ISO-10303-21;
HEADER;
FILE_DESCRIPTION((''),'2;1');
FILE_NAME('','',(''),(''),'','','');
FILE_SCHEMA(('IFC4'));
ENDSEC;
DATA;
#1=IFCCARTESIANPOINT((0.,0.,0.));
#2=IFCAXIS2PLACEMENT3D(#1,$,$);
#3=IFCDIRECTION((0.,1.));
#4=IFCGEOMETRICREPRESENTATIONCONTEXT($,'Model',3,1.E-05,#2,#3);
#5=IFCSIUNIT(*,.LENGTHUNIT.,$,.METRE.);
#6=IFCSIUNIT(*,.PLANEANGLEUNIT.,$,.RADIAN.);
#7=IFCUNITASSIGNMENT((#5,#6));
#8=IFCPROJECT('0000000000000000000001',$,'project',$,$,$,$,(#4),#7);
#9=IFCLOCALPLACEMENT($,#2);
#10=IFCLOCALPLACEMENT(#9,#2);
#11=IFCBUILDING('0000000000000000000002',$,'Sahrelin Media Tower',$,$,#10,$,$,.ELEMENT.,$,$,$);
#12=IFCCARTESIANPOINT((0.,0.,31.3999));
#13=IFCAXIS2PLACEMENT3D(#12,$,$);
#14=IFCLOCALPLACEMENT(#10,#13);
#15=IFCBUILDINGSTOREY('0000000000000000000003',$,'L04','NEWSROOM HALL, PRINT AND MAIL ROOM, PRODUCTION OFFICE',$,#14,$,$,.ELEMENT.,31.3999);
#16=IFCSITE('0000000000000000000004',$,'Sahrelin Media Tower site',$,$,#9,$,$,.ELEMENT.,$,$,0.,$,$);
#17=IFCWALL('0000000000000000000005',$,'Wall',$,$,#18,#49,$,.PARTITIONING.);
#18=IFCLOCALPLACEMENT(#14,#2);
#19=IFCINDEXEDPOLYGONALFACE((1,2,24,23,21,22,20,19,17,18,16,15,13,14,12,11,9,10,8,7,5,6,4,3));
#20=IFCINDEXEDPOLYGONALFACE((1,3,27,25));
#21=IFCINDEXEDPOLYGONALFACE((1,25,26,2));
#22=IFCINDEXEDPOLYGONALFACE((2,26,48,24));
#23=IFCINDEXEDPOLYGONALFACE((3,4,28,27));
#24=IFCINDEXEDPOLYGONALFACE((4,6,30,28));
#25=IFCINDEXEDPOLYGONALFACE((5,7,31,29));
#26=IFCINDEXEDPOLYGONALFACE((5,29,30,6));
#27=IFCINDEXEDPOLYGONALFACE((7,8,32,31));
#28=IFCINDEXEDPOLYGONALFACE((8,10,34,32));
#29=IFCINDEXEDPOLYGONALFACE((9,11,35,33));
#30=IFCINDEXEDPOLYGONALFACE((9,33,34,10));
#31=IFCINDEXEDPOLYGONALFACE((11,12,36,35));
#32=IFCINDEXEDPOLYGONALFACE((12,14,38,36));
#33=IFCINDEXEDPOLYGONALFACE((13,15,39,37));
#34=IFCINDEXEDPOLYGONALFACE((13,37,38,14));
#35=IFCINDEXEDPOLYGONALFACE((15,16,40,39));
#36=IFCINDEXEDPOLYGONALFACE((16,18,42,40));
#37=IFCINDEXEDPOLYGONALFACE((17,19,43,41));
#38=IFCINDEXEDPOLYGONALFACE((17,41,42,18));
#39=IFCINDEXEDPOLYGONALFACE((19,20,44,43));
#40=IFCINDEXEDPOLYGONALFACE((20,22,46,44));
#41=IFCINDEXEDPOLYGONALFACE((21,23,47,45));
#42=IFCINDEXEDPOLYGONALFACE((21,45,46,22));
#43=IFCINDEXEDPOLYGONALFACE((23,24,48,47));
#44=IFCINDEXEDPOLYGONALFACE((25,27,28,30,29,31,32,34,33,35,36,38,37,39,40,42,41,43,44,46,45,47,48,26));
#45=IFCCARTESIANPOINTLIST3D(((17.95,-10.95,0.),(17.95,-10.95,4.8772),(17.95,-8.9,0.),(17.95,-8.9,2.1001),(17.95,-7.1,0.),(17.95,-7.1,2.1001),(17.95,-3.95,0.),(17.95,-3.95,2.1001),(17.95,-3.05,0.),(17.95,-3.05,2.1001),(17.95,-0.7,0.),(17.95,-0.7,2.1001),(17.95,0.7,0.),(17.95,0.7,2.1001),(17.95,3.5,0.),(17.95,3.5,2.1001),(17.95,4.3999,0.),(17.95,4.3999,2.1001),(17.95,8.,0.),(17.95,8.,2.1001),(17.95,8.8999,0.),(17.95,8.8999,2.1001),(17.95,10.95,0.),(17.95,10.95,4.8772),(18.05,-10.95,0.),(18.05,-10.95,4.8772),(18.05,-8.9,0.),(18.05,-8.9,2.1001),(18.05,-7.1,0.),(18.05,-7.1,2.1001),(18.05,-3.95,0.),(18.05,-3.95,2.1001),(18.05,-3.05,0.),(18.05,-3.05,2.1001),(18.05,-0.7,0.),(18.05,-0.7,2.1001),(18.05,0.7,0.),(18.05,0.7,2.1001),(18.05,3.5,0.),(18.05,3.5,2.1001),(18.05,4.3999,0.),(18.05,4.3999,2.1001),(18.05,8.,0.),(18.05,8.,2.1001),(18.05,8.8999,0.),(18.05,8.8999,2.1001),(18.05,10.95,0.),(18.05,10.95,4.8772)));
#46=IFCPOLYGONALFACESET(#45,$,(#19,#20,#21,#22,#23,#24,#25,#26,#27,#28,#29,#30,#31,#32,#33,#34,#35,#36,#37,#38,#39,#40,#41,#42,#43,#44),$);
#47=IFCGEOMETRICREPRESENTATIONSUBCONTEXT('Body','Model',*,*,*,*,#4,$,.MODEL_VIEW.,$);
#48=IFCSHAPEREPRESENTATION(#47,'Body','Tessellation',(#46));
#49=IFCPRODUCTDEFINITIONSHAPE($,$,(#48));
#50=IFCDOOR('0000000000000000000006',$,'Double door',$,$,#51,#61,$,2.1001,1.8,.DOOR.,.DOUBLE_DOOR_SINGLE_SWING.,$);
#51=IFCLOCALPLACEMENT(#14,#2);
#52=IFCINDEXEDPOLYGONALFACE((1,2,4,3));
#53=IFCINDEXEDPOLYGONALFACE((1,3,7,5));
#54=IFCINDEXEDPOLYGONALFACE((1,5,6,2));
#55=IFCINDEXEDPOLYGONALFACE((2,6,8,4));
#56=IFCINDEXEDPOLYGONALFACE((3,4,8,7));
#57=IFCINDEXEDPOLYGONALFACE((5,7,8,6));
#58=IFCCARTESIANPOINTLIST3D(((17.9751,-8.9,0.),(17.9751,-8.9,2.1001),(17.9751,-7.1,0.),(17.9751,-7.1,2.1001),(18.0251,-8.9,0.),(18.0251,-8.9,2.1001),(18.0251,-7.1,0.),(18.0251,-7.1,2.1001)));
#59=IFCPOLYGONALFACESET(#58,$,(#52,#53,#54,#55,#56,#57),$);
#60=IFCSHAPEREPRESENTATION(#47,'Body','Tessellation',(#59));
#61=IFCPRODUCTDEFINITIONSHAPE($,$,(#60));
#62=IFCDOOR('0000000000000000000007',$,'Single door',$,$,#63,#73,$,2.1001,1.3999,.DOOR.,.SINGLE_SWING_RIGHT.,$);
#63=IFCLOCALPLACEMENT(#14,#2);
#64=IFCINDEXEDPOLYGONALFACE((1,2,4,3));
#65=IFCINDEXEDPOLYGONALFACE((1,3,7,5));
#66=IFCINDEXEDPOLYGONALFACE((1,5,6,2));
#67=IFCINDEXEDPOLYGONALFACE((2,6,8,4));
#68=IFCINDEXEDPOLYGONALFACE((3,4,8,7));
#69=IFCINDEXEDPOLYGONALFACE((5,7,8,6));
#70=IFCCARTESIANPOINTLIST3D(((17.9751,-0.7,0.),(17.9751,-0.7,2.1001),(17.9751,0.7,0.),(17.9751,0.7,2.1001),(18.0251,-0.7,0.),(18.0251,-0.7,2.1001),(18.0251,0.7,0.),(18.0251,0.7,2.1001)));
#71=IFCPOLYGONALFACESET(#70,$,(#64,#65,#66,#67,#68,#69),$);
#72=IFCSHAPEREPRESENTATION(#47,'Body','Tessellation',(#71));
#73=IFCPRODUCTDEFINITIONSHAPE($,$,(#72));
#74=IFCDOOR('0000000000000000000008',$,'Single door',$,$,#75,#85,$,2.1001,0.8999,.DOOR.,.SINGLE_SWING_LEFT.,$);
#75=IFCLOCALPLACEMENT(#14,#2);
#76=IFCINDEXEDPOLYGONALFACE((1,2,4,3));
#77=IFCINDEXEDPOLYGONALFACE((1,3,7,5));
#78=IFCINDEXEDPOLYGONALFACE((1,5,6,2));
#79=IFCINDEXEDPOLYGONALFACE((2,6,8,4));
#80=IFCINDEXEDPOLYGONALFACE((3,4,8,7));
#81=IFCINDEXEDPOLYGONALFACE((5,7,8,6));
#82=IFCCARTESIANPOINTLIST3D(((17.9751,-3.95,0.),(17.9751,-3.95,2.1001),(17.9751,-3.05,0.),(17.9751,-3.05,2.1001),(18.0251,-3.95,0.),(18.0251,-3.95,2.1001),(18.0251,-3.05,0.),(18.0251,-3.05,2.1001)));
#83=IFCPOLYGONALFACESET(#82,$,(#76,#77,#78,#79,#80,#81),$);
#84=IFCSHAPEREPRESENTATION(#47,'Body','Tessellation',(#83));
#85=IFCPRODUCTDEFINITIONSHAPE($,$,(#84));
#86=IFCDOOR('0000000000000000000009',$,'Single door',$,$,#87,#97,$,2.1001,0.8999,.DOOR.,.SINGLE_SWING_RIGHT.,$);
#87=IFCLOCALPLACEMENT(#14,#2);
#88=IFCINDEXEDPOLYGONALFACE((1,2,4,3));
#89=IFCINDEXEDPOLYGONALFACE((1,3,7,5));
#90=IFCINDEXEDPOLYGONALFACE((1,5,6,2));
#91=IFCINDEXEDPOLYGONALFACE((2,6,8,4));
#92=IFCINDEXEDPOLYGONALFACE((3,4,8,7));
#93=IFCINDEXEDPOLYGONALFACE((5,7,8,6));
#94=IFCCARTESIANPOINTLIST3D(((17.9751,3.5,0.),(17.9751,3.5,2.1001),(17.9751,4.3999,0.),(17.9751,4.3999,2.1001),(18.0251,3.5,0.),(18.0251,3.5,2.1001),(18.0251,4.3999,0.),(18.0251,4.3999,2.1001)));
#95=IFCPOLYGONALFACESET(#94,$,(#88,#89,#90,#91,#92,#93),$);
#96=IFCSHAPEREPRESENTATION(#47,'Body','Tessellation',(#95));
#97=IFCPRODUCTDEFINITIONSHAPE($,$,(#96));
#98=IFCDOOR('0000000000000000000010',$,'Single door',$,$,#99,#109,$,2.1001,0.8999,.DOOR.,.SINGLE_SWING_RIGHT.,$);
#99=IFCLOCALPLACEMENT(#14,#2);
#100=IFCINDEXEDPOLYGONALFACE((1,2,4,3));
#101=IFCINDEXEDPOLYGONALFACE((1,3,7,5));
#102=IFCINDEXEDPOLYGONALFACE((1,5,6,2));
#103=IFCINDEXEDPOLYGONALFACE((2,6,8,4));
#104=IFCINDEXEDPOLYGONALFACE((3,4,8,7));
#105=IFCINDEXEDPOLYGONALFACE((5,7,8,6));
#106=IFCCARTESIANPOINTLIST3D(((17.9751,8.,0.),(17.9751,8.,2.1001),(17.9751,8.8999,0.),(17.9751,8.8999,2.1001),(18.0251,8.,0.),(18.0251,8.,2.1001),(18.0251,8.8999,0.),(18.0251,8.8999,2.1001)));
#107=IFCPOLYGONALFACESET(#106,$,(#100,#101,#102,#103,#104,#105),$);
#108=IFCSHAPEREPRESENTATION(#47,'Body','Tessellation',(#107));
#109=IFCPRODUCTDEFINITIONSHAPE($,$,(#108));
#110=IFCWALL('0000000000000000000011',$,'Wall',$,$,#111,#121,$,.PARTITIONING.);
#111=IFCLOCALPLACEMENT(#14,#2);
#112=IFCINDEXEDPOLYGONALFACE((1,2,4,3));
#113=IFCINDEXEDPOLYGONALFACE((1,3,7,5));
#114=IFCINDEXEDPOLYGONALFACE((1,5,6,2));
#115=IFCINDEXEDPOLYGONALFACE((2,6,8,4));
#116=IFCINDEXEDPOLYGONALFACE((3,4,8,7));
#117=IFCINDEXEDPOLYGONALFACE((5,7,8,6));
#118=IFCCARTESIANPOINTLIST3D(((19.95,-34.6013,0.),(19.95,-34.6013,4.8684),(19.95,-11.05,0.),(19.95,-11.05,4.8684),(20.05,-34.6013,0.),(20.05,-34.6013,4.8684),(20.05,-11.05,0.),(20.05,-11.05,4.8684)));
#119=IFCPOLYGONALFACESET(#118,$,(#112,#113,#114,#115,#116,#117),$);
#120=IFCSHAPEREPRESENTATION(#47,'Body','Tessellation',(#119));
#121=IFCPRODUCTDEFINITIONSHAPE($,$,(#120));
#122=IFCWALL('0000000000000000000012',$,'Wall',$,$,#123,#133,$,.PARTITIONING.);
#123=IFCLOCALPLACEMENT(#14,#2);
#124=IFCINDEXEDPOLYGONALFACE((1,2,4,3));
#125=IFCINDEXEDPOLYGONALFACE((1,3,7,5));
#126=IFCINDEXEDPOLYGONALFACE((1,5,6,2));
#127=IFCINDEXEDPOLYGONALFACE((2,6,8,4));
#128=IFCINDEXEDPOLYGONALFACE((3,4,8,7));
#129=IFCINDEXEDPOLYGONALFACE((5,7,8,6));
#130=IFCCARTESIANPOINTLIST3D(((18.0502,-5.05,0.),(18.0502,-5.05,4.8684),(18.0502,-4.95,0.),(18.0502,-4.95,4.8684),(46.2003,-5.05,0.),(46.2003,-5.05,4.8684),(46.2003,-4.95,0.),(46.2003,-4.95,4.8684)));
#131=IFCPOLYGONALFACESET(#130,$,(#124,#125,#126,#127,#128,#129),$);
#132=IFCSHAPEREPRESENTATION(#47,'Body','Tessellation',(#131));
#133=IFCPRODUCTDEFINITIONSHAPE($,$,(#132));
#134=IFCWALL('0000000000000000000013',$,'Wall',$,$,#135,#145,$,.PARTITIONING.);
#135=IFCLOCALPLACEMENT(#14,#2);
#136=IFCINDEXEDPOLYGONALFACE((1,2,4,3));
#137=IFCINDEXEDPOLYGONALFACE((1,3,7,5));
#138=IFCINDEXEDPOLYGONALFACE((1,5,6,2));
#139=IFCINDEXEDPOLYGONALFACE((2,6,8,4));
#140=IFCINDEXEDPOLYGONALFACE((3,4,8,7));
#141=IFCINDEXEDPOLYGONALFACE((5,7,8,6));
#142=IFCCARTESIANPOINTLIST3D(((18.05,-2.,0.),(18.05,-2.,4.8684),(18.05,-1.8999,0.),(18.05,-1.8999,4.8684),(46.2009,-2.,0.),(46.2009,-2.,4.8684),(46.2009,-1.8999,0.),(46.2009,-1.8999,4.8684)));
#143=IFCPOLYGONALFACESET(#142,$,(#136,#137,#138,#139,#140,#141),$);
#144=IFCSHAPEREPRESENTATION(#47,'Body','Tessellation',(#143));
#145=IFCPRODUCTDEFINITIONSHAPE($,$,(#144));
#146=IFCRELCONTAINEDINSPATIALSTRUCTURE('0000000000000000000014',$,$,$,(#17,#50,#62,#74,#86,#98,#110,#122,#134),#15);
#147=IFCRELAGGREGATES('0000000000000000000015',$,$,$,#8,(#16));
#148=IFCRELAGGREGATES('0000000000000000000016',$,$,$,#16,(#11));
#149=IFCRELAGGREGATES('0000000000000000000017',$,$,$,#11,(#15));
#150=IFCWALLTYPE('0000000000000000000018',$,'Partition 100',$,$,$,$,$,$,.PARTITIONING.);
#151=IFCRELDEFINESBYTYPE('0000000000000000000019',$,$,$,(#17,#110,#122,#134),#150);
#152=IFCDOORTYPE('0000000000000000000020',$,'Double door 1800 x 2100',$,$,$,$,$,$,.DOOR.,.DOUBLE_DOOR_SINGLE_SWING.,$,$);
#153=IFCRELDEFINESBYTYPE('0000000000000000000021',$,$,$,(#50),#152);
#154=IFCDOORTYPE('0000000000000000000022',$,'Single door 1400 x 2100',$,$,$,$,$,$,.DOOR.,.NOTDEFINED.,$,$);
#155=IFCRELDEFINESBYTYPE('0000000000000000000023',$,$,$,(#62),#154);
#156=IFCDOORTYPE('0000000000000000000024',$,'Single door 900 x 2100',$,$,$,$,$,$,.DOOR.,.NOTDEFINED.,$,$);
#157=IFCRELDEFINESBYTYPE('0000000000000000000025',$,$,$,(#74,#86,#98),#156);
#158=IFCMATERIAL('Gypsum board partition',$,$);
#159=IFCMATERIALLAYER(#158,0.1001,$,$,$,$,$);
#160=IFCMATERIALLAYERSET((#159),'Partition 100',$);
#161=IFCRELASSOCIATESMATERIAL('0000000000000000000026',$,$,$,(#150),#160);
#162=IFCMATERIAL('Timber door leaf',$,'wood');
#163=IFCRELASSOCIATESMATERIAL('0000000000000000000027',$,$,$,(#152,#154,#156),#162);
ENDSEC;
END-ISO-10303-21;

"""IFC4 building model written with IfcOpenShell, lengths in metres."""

from ifc_helpers import new_model, si_unit, direction, frame, frame_2d, origin, place, context, subcontext, project, spatial, rectangle, extrude, material, layer, layer_set, type_object, element, fill, save


model = new_model("IFC4")

# Units and contexts
model_context = context("Model", 3, precision=1e-05, world=origin(), true_north=direction((0.0, 1.0)))
body_context = subcontext(model_context, "Body", "Model", "MODEL_VIEW")
ifc_project = project(units=[si_unit("LENGTHUNIT", "METRE"), si_unit("PLANEANGLEUNIT", "RADIAN")], contexts=[model_context])

# Site, building, storey
site_placement = place(None, origin())
site = spatial("IfcSite", under=ifc_project, at=site_placement, Name="Sahrelin Media Tower site", CompositionType="ELEMENT", RefElevation=0.0)
building_placement = place(site_placement, origin())
building = spatial("IfcBuilding", under=site, at=building_placement, Name="Sahrelin Media Tower", CompositionType="ELEMENT")
storey_placement = place(building_placement, frame((0.0, 0.0, 31.3999)))
storey = spatial("IfcBuildingStorey", under=building, at=storey_placement, Name="L04", Description="NEWSROOM HALL, PRINT AND MAIL ROOM, PRODUCTION OFFICE", CompositionType="ELEMENT", Elevation=31.3999)

# Wall, openings, doors
ifc_material_1 = material(Name="Gypsum board partition")
ifc_layer = layer(ifc_material_1, 0.1001)
ifc_layer_set = layer_set([ifc_layer], Name="Partition 100")
wall_type = type_object("IfcWallType", Name="Partition 100", PredefinedType="PARTITIONING", material=ifc_layer_set)
wall_1_placement = place(storey_placement, frame((18.0, -10.95, 0.0), z_axis=(0.0, 0.0, 1.0), x_axis=(0.0, 1.0, 0.0)))
wall_1 = element("IfcWall", 1, at=wall_1_placement, inside=storey, type_object=wall_type, Name="Wall", PredefinedType="PARTITIONING", context=body_context, shape_type="SweptSolid", body=[
    extrude(rectangle(XDim=21.8999, YDim=0.1001, at=frame_2d((10.95, 0.0))), origin(), (0.0, 0.0, 1.0), 4.8772),
])
opening_1_placement = place(wall_1_placement, frame((10.25, 0.0, 0.0)))
opening_1 = element("IfcOpeningElement", 2, at=opening_1_placement, cuts=wall_1, PredefinedType="OPENING", context=body_context, shape_type="SweptSolid", body=[
    extrude(rectangle(XDim=1.3999, YDim=2.1001, at=frame_2d((0.7, 1.05))), frame((0.0, 0.05, 0.0), z_axis=(0.0, -1.0, 0.0), x_axis=(1.0, 0.0, 0.0)), (0.0, 0.0, 1.0), 0.1001),
])
opening_2_placement = place(wall_1_placement, frame((2.05, 0.0, 0.0)))
opening_2 = element("IfcOpeningElement", 3, at=opening_2_placement, cuts=wall_1, PredefinedType="OPENING", context=body_context, shape_type="SweptSolid", body=[
    extrude(rectangle(XDim=1.8, YDim=2.1001, at=frame_2d((0.8999, 1.05))), frame((0.0, 0.05, 0.0), z_axis=(0.0, -1.0, 0.0), x_axis=(1.0, 0.0, 0.0)), (0.0, 0.0, 1.0), 0.1001),
])
opening_3_placement = place(wall_1_placement, frame((7.0, 0.0, 0.0)))
opening_3 = element("IfcOpeningElement", 4, at=opening_3_placement, cuts=wall_1, PredefinedType="OPENING", context=body_context, shape_type="SweptSolid", body=[
    extrude(rectangle(XDim=0.8999, YDim=2.1001, at=frame_2d((0.45, 1.05))), frame((0.0, 0.05, 0.0), z_axis=(0.0, -1.0, 0.0), x_axis=(1.0, 0.0, 0.0)), (0.0, 0.0, 1.0), 0.1001),
])
opening_4_placement = place(wall_1_placement, frame((14.45, 0.0, 0.0)))
opening_4 = element("IfcOpeningElement", 5, at=opening_4_placement, cuts=wall_1, PredefinedType="OPENING", context=body_context, shape_type="SweptSolid", body=[
    extrude(rectangle(XDim=0.8999, YDim=2.1001, at=frame_2d((0.45, 1.05))), frame((0.0, 0.05, 0.0), z_axis=(0.0, -1.0, 0.0), x_axis=(1.0, 0.0, 0.0)), (0.0, 0.0, 1.0), 0.1001),
])
opening_5_placement = place(wall_1_placement, frame((18.95, 0.0, 0.0)))
opening_5 = element("IfcOpeningElement", 6, at=opening_5_placement, cuts=wall_1, PredefinedType="OPENING", context=body_context, shape_type="SweptSolid", body=[
    extrude(rectangle(XDim=0.8999, YDim=2.1001, at=frame_2d((0.45, 1.05))), frame((0.0, 0.05, 0.0), z_axis=(0.0, -1.0, 0.0), x_axis=(1.0, 0.0, 0.0)), (0.0, 0.0, 1.0), 0.1001),
])
ifc_material_2 = material(Name="Timber door leaf", Category="wood")
door_type_1 = type_object("IfcDoorType", Name="Double door 1800 x 2100", OperationType="DOUBLE_DOOR_SINGLE_SWING", PredefinedType="DOOR", material=ifc_material_2)
door_1_placement = place(opening_2_placement, origin())
door_1 = element("IfcDoor", 7, at=door_1_placement, inside=storey, type_object=door_type_1, Name="Double door", OperationType="DOUBLE_DOOR_SINGLE_SWING", OverallHeight=2.1001, OverallWidth=1.8, PredefinedType="DOOR", context=body_context, shape_type="SweptSolid", body=[
    extrude(rectangle(XDim=1.8, YDim=2.1001, at=frame_2d((0.8999, 1.05))), frame((0.0, 0.0249, 0.0), z_axis=(0.0, -1.0, 0.0), x_axis=(1.0, 0.0, 0.0)), (0.0, 0.0, 1.0), 0.05),
])
fill(opening_2, door_1)
door_type_2 = type_object("IfcDoorType", Name="Single door 1400 x 2100", OperationType="NOTDEFINED", PredefinedType="DOOR", material=ifc_material_2)
door_2_placement = place(opening_1_placement, origin())
door_2 = element("IfcDoor", 8, at=door_2_placement, inside=storey, type_object=door_type_2, Name="Single door", OperationType="SINGLE_SWING_RIGHT", OverallHeight=2.1001, OverallWidth=1.3999, PredefinedType="DOOR", context=body_context, shape_type="SweptSolid", body=[
    extrude(rectangle(XDim=1.3999, YDim=2.1001, at=frame_2d((0.7, 1.05))), frame((0.0, 0.0249, 0.0), z_axis=(0.0, -1.0, 0.0), x_axis=(1.0, 0.0, 0.0)), (0.0, 0.0, 1.0), 0.05),
])
fill(opening_1, door_2)
door_type_3 = type_object("IfcDoorType", Name="Single door 900 x 2100", OperationType="NOTDEFINED", PredefinedType="DOOR", material=ifc_material_2)
door_3_placement = place(opening_3_placement, origin())
door_3 = element("IfcDoor", 9, at=door_3_placement, inside=storey, type_object=door_type_3, Name="Single door", OperationType="SINGLE_SWING_LEFT", OverallHeight=2.1001, OverallWidth=0.8999, PredefinedType="DOOR", context=body_context, shape_type="SweptSolid", body=[
    extrude(rectangle(XDim=0.8999, YDim=2.1001, at=frame_2d((0.45, 1.05))), frame((0.0, 0.0249, 0.0), z_axis=(0.0, -1.0, 0.0), x_axis=(1.0, 0.0, 0.0)), (0.0, 0.0, 1.0), 0.05),
])
fill(opening_3, door_3)
door_4_placement = place(opening_4_placement, origin())
door_4 = element("IfcDoor", 10, at=door_4_placement, inside=storey, type_object=door_type_3, Name="Single door", OperationType="SINGLE_SWING_RIGHT", OverallHeight=2.1001, OverallWidth=0.8999, PredefinedType="DOOR", context=body_context, shape_type="SweptSolid", body=[
    extrude(rectangle(XDim=0.8999, YDim=2.1001, at=frame_2d((0.45, 1.05))), frame((0.0, 0.0249, 0.0), z_axis=(0.0, -1.0, 0.0), x_axis=(1.0, 0.0, 0.0)), (0.0, 0.0, 1.0), 0.05),
])
fill(opening_4, door_4)
door_5_placement = place(opening_5_placement, origin())
door_5 = element("IfcDoor", 11, at=door_5_placement, inside=storey, type_object=door_type_3, Name="Single door", OperationType="SINGLE_SWING_RIGHT", OverallHeight=2.1001, OverallWidth=0.8999, PredefinedType="DOOR", context=body_context, shape_type="SweptSolid", body=[
    extrude(rectangle(XDim=0.8999, YDim=2.1001, at=frame_2d((0.45, 1.05))), frame((0.0, 0.0249, 0.0), z_axis=(0.0, -1.0, 0.0), x_axis=(1.0, 0.0, 0.0)), (0.0, 0.0, 1.0), 0.05),
])
fill(opening_5, door_5)

# Walls
wall_2_placement = place(storey_placement, frame((20.0, -11.05, 0.0), z_axis=(0.0, 0.0, 1.0), x_axis=(0.0, -1.0, 0.0)))
element("IfcWall", 12, at=wall_2_placement, inside=storey, type_object=wall_type, Name="Wall", PredefinedType="PARTITIONING", context=body_context, shape_type="SweptSolid", body=[
    extrude(rectangle(XDim=23.5513, YDim=0.1001, at=frame_2d((11.7756, 0.0))), origin(), (0.0, 0.0, 1.0), 4.8684),
])
wall_3_placement = place(storey_placement, frame((18.05, -5.0, 0.0), z_axis=(0.0, 0.0, 1.0), x_axis=(1.0, 0.0, 0.0)))
element("IfcWall", 13, at=wall_3_placement, inside=storey, type_object=wall_type, Name="Wall", PredefinedType="PARTITIONING", context=body_context, shape_type="SweptSolid", body=[
    extrude(rectangle(XDim=28.1501, YDim=0.1001, at=frame_2d((14.0752, 0.0))), origin(), (0.0, 0.0, 1.0), 4.8684),
])
wall_4_placement = place(storey_placement, frame((18.05, -1.95, 0.0), z_axis=(0.0, 0.0, 1.0), x_axis=(1.0, 0.0, 0.0)))
element("IfcWall", 14, at=wall_4_placement, inside=storey, type_object=wall_type, Name="Wall", PredefinedType="PARTITIONING", context=body_context, shape_type="SweptSolid", body=[
    extrude(rectangle(XDim=28.1509, YDim=0.1001, at=frame_2d((14.0754, 0.0))), origin(), (0.0, 0.0, 1.0), 4.8684),
])

save(model, "model.ifc")
